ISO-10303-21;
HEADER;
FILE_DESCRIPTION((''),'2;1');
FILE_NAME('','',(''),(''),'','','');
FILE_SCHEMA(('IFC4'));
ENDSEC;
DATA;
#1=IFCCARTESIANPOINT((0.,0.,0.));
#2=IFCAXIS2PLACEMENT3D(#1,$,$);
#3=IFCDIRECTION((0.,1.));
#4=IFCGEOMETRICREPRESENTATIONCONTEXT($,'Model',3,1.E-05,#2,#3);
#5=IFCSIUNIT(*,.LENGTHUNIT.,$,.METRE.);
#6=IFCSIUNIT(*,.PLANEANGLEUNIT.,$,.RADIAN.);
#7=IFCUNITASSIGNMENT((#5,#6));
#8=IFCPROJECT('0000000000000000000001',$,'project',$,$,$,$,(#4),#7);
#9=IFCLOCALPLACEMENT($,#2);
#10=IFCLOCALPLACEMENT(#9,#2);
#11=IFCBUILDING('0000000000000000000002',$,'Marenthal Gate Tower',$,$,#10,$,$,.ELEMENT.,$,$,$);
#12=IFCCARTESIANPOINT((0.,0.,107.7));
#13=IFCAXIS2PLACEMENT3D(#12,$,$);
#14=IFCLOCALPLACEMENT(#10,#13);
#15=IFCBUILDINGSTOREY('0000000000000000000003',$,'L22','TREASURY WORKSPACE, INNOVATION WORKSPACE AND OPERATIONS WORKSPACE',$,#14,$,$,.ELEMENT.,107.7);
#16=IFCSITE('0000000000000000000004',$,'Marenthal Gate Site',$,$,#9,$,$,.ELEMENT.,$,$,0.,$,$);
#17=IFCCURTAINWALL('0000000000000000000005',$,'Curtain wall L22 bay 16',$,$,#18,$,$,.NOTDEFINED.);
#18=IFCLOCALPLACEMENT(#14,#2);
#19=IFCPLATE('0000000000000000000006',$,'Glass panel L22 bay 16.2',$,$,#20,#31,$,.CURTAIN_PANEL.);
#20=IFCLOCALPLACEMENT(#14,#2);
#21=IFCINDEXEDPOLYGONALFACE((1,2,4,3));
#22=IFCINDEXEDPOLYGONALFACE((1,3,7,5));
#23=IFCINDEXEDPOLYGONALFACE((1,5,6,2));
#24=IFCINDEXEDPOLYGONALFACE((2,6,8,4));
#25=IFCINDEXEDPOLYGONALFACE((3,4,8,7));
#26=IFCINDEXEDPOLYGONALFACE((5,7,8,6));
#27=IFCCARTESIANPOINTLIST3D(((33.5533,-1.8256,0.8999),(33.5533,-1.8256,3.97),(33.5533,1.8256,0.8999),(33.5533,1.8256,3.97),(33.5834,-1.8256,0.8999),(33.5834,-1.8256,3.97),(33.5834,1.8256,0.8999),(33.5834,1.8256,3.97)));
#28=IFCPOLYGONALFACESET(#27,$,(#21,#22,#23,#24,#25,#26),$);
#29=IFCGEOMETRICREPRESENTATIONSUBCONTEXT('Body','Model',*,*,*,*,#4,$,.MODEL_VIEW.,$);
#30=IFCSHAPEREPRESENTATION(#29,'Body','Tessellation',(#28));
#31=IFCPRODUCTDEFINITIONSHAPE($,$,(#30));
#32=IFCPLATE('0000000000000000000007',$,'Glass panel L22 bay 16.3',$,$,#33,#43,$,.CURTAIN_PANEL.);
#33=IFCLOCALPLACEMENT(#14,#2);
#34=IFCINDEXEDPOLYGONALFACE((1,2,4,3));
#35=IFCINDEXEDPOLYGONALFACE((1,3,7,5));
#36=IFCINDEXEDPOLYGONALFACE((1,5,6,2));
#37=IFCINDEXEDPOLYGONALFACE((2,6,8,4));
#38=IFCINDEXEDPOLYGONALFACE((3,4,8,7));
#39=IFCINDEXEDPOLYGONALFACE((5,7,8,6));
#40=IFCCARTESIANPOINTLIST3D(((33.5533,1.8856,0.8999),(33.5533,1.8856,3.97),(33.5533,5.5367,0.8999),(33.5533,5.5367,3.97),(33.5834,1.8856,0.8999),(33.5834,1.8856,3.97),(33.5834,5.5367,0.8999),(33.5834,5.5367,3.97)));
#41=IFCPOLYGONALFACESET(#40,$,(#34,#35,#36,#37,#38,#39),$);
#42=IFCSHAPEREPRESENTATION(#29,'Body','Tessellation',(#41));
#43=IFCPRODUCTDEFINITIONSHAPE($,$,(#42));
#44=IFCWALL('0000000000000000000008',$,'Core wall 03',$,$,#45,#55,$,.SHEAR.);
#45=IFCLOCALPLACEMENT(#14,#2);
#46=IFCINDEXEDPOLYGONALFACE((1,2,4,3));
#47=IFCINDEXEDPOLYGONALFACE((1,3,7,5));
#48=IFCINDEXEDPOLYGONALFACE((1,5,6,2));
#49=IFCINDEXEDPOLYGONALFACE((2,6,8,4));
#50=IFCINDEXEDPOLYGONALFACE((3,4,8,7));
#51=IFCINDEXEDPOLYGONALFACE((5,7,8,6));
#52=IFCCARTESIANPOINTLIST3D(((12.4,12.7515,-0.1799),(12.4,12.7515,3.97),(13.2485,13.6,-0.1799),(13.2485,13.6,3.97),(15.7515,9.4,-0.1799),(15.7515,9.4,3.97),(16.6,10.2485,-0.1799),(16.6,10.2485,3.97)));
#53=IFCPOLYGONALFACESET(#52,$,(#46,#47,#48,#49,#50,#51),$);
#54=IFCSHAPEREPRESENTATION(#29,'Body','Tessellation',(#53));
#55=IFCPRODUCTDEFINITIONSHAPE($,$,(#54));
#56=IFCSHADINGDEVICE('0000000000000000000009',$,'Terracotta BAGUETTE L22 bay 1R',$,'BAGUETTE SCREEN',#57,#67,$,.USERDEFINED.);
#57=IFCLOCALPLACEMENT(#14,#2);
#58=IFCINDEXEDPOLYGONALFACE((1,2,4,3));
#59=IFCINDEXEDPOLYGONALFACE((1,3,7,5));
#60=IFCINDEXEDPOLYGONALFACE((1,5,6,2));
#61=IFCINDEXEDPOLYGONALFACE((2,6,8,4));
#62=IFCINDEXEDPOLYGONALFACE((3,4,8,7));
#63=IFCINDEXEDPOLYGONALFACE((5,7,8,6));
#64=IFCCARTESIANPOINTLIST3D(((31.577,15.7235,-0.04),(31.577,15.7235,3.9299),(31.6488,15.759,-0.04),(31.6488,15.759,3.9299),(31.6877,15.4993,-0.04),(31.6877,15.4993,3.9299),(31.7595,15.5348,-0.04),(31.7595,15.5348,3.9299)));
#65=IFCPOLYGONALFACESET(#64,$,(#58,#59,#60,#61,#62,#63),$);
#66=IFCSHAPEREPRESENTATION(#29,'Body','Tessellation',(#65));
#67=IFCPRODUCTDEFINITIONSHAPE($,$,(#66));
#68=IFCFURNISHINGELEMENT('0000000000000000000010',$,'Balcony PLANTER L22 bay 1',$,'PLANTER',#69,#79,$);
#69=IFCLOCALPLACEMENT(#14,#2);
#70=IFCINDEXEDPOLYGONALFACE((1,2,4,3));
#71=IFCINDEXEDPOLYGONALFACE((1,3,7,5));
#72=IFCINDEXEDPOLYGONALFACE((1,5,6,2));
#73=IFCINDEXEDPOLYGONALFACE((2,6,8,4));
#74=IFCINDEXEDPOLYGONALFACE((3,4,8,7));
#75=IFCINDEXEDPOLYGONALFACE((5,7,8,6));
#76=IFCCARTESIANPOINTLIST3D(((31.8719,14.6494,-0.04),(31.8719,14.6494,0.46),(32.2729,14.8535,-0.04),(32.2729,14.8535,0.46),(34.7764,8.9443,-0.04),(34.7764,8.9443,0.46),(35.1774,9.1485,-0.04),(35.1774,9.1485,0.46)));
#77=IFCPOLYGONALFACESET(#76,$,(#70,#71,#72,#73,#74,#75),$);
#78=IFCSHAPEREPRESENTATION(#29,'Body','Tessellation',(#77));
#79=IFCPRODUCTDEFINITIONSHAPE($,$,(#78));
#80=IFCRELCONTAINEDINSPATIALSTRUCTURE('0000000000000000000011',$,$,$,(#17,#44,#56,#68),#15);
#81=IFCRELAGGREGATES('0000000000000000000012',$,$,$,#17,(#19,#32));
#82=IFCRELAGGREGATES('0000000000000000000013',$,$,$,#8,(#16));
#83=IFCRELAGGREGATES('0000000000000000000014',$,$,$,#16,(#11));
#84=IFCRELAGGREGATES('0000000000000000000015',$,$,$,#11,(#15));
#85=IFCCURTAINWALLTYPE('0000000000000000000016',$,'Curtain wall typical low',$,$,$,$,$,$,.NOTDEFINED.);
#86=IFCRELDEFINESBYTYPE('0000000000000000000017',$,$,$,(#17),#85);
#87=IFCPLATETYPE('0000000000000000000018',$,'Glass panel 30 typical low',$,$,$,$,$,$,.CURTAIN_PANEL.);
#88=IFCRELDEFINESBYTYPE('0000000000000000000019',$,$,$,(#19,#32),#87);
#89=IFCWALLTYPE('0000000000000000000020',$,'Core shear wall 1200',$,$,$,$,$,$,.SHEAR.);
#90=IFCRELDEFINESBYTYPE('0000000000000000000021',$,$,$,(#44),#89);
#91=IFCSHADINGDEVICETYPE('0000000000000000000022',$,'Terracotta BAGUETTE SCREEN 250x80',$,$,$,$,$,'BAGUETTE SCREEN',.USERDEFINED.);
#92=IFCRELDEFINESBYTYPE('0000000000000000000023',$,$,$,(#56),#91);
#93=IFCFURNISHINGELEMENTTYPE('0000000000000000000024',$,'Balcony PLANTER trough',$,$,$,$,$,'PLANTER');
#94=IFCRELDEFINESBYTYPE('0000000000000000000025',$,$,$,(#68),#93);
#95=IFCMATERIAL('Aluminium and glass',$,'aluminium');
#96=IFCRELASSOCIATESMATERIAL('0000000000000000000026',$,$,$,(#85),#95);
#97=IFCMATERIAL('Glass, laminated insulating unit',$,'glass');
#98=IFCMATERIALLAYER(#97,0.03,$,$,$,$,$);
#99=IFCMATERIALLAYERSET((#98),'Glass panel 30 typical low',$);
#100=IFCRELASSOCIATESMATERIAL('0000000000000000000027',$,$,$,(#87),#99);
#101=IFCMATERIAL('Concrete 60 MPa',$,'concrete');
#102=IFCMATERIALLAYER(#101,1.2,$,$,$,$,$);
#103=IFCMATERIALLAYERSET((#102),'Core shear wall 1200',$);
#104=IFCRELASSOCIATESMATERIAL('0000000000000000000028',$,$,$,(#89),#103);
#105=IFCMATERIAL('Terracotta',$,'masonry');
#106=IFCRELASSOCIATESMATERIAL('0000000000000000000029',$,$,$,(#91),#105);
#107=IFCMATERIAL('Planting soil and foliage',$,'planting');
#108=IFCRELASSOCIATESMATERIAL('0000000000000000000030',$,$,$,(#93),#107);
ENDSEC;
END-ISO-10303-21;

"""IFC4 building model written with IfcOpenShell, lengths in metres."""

from ifc_helpers import new_model, si_unit, direction, frame, frame_2d, origin, origin_2d, place, context, subcontext, project, spatial, rectangle, extrude, material, layer, layer_set, material_profile, profile_set, type_object, element, aggregate, save


model = new_model("IFC4")

# Units and contexts
model_context = context("Model", 3, precision=1e-05, world=origin(), true_north=direction((0.0, 1.0)))
body_context = subcontext(model_context, "Body", "Model", "MODEL_VIEW")
ifc_project = project(units=[si_unit("LENGTHUNIT", "METRE"), si_unit("PLANEANGLEUNIT", "RADIAN")], contexts=[model_context])

# Site, building, storey
site_placement = place(None, origin())
site = spatial("IfcSite", under=ifc_project, at=site_placement, Name="Marenthal Gate Site", CompositionType="ELEMENT", RefElevation=0.0)
building_placement = place(site_placement, origin())
building = spatial("IfcBuilding", under=site, at=building_placement, Name="Marenthal Gate Tower", CompositionType="ELEMENT")
storey_placement = place(building_placement, frame((0.0, 0.0, 107.7)))
storey = spatial("IfcBuildingStorey", under=building, at=storey_placement, Name="L22", Description="TREASURY WORKSPACE, INNOVATION WORKSPACE AND OPERATIONS WORKSPACE", CompositionType="ELEMENT", Elevation=107.7)

# Curtain wall
ifc_material_1 = material(Name="Aluminium and glass", Category="aluminium")
curtain_wall_type = type_object("IfcCurtainWallType", Name="Curtain wall typical low", PredefinedType="NOTDEFINED", material=ifc_material_1)
curtain_wall_placement = place(storey_placement, origin())
curtain_wall = element("IfcCurtainWall", 1, at=curtain_wall_placement, inside=storey, type_object=curtain_wall_type, Name="Curtain wall L22 bay 16", PredefinedType="NOTDEFINED")

# Plates
ifc_material_2 = material(Name="Glass, laminated insulating unit", Category="glass")
ifc_layer_1 = layer(ifc_material_2, 0.03)
ifc_layer_set_1 = layer_set([ifc_layer_1], Name="Glass panel 30 typical low")
plate_type = type_object("IfcPlateType", Name="Glass panel 30 typical low", PredefinedType="CURTAIN_PANEL", material=ifc_layer_set_1)
plate_1_placement = place(storey_placement, frame((33.5684, 0.0, 0.8999), z_axis=(0.0, 0.0, 1.0), x_axis=(0.0, 1.0, 0.0)))
plate_1 = element("IfcPlate", 2, at=plate_1_placement, type_object=plate_type, Name="Glass panel L22 bay 16.2", PredefinedType="CURTAIN_PANEL", context=body_context, shape_type="SweptSolid", body=[
    extrude(rectangle(XDim=3.6511, YDim=0.03, at=origin_2d()), origin(), (0.0, 0.0, 1.0), 3.0701),
])
plate_2_placement = place(storey_placement, frame((33.5684, 3.7112, 0.8999), z_axis=(0.0, 0.0, 1.0), x_axis=(0.0, 1.0, 0.0)))
plate_2 = element("IfcPlate", 3, at=plate_2_placement, type_object=plate_type, Name="Glass panel L22 bay 16.3", PredefinedType="CURTAIN_PANEL", context=body_context, shape_type="SweptSolid", body=[
    extrude(rectangle(XDim=3.6511, YDim=0.03, at=origin_2d()), origin(), (0.0, 0.0, 1.0), 3.0701),
])
aggregate(curtain_wall, [plate_1, plate_2])

# Wall
ifc_material_3 = material(Name="Concrete 60 MPa", Category="concrete")
ifc_layer_2 = layer(ifc_material_3, 1.2)
ifc_layer_set_2 = layer_set([ifc_layer_2], Name="Core shear wall 1200")
wall_type_1 = type_object("IfcWallType", Name="Core shear wall 1200", PredefinedType="SHEAR", material=ifc_layer_set_2)
wall_1_placement = place(storey_placement, frame((16.1758, 9.8242, -0.1799), z_axis=(0.0, 0.0, 1.0), x_axis=(-0.707107, 0.707107, 0.0)))
element("IfcWall", 4, at=wall_1_placement, inside=storey, type_object=wall_type_1, Name="Core wall 03", PredefinedType="SHEAR", context=body_context, shape_type="SweptSolid", body=[
    extrude(rectangle(XDim=4.7397, YDim=1.2, at=frame_2d((2.3699, 0.0))), origin(), (0.0, 0.0, 1.0), 4.1499),
])

# Shading device
ifc_material_4 = material(Name="Terracotta", Category="masonry")
ifc_material_profile_1 = material_profile(ifc_material_4, rectangle(XDim=0.25, YDim=0.0801, at=origin_2d()), Name="Terracotta baguette 250x80")
ifc_profile_set_1 = profile_set([ifc_material_profile_1], Name="Terracotta")
shading_device_type = type_object("IfcShadingDeviceType", Name="Terracotta BAGUETTE SCREEN 250x80", ElementType="BAGUETTE SCREEN", PredefinedType="USERDEFINED", material=ifc_profile_set_1)
shading_device_placement = place(storey_placement, frame((31.6682, 15.6292, -0.04), z_axis=(0.0, 0.0, 1.0), x_axis=(-0.442731, 0.896654, 0.0)))
element("IfcShadingDevice", 5, at=shading_device_placement, inside=storey, type_object=shading_device_type, Name="Terracotta BAGUETTE L22 bay 1R", ObjectType="BAGUETTE SCREEN", PredefinedType="USERDEFINED", context=body_context, shape_type="SweptSolid", body=[
    extrude(rectangle(XDim=0.25, YDim=0.0801, at=origin_2d()), origin(), (0.0, 0.0, 1.0), 3.97),
])

# Furnishing element
ifc_material_5 = material(Name="Planting soil and foliage", Category="planting")
furnishing_element_type = type_object("IfcFurnishingElementType", Name="Balcony PLANTER trough", ElementType="PLANTER", material=ifc_material_5)
furnishing_placement = place(storey_placement, frame((33.5247, 11.8989, -0.04), z_axis=(0.0, 0.0, 1.0), x_axis=(-0.453688, 0.891161, 0.0)))
element("IfcFurnishingElement", 6, at=furnishing_placement, inside=storey, type_object=furnishing_element_type, Name="Balcony PLANTER L22 bay 1", ObjectType="PLANTER", context=body_context, shape_type="SweptSolid", body=[
    extrude(rectangle(XDim=6.4019, YDim=0.45, at=origin_2d()), origin(), (0.0, 0.0, 1.0), 0.5),
])

save(model, "model.ifc")
